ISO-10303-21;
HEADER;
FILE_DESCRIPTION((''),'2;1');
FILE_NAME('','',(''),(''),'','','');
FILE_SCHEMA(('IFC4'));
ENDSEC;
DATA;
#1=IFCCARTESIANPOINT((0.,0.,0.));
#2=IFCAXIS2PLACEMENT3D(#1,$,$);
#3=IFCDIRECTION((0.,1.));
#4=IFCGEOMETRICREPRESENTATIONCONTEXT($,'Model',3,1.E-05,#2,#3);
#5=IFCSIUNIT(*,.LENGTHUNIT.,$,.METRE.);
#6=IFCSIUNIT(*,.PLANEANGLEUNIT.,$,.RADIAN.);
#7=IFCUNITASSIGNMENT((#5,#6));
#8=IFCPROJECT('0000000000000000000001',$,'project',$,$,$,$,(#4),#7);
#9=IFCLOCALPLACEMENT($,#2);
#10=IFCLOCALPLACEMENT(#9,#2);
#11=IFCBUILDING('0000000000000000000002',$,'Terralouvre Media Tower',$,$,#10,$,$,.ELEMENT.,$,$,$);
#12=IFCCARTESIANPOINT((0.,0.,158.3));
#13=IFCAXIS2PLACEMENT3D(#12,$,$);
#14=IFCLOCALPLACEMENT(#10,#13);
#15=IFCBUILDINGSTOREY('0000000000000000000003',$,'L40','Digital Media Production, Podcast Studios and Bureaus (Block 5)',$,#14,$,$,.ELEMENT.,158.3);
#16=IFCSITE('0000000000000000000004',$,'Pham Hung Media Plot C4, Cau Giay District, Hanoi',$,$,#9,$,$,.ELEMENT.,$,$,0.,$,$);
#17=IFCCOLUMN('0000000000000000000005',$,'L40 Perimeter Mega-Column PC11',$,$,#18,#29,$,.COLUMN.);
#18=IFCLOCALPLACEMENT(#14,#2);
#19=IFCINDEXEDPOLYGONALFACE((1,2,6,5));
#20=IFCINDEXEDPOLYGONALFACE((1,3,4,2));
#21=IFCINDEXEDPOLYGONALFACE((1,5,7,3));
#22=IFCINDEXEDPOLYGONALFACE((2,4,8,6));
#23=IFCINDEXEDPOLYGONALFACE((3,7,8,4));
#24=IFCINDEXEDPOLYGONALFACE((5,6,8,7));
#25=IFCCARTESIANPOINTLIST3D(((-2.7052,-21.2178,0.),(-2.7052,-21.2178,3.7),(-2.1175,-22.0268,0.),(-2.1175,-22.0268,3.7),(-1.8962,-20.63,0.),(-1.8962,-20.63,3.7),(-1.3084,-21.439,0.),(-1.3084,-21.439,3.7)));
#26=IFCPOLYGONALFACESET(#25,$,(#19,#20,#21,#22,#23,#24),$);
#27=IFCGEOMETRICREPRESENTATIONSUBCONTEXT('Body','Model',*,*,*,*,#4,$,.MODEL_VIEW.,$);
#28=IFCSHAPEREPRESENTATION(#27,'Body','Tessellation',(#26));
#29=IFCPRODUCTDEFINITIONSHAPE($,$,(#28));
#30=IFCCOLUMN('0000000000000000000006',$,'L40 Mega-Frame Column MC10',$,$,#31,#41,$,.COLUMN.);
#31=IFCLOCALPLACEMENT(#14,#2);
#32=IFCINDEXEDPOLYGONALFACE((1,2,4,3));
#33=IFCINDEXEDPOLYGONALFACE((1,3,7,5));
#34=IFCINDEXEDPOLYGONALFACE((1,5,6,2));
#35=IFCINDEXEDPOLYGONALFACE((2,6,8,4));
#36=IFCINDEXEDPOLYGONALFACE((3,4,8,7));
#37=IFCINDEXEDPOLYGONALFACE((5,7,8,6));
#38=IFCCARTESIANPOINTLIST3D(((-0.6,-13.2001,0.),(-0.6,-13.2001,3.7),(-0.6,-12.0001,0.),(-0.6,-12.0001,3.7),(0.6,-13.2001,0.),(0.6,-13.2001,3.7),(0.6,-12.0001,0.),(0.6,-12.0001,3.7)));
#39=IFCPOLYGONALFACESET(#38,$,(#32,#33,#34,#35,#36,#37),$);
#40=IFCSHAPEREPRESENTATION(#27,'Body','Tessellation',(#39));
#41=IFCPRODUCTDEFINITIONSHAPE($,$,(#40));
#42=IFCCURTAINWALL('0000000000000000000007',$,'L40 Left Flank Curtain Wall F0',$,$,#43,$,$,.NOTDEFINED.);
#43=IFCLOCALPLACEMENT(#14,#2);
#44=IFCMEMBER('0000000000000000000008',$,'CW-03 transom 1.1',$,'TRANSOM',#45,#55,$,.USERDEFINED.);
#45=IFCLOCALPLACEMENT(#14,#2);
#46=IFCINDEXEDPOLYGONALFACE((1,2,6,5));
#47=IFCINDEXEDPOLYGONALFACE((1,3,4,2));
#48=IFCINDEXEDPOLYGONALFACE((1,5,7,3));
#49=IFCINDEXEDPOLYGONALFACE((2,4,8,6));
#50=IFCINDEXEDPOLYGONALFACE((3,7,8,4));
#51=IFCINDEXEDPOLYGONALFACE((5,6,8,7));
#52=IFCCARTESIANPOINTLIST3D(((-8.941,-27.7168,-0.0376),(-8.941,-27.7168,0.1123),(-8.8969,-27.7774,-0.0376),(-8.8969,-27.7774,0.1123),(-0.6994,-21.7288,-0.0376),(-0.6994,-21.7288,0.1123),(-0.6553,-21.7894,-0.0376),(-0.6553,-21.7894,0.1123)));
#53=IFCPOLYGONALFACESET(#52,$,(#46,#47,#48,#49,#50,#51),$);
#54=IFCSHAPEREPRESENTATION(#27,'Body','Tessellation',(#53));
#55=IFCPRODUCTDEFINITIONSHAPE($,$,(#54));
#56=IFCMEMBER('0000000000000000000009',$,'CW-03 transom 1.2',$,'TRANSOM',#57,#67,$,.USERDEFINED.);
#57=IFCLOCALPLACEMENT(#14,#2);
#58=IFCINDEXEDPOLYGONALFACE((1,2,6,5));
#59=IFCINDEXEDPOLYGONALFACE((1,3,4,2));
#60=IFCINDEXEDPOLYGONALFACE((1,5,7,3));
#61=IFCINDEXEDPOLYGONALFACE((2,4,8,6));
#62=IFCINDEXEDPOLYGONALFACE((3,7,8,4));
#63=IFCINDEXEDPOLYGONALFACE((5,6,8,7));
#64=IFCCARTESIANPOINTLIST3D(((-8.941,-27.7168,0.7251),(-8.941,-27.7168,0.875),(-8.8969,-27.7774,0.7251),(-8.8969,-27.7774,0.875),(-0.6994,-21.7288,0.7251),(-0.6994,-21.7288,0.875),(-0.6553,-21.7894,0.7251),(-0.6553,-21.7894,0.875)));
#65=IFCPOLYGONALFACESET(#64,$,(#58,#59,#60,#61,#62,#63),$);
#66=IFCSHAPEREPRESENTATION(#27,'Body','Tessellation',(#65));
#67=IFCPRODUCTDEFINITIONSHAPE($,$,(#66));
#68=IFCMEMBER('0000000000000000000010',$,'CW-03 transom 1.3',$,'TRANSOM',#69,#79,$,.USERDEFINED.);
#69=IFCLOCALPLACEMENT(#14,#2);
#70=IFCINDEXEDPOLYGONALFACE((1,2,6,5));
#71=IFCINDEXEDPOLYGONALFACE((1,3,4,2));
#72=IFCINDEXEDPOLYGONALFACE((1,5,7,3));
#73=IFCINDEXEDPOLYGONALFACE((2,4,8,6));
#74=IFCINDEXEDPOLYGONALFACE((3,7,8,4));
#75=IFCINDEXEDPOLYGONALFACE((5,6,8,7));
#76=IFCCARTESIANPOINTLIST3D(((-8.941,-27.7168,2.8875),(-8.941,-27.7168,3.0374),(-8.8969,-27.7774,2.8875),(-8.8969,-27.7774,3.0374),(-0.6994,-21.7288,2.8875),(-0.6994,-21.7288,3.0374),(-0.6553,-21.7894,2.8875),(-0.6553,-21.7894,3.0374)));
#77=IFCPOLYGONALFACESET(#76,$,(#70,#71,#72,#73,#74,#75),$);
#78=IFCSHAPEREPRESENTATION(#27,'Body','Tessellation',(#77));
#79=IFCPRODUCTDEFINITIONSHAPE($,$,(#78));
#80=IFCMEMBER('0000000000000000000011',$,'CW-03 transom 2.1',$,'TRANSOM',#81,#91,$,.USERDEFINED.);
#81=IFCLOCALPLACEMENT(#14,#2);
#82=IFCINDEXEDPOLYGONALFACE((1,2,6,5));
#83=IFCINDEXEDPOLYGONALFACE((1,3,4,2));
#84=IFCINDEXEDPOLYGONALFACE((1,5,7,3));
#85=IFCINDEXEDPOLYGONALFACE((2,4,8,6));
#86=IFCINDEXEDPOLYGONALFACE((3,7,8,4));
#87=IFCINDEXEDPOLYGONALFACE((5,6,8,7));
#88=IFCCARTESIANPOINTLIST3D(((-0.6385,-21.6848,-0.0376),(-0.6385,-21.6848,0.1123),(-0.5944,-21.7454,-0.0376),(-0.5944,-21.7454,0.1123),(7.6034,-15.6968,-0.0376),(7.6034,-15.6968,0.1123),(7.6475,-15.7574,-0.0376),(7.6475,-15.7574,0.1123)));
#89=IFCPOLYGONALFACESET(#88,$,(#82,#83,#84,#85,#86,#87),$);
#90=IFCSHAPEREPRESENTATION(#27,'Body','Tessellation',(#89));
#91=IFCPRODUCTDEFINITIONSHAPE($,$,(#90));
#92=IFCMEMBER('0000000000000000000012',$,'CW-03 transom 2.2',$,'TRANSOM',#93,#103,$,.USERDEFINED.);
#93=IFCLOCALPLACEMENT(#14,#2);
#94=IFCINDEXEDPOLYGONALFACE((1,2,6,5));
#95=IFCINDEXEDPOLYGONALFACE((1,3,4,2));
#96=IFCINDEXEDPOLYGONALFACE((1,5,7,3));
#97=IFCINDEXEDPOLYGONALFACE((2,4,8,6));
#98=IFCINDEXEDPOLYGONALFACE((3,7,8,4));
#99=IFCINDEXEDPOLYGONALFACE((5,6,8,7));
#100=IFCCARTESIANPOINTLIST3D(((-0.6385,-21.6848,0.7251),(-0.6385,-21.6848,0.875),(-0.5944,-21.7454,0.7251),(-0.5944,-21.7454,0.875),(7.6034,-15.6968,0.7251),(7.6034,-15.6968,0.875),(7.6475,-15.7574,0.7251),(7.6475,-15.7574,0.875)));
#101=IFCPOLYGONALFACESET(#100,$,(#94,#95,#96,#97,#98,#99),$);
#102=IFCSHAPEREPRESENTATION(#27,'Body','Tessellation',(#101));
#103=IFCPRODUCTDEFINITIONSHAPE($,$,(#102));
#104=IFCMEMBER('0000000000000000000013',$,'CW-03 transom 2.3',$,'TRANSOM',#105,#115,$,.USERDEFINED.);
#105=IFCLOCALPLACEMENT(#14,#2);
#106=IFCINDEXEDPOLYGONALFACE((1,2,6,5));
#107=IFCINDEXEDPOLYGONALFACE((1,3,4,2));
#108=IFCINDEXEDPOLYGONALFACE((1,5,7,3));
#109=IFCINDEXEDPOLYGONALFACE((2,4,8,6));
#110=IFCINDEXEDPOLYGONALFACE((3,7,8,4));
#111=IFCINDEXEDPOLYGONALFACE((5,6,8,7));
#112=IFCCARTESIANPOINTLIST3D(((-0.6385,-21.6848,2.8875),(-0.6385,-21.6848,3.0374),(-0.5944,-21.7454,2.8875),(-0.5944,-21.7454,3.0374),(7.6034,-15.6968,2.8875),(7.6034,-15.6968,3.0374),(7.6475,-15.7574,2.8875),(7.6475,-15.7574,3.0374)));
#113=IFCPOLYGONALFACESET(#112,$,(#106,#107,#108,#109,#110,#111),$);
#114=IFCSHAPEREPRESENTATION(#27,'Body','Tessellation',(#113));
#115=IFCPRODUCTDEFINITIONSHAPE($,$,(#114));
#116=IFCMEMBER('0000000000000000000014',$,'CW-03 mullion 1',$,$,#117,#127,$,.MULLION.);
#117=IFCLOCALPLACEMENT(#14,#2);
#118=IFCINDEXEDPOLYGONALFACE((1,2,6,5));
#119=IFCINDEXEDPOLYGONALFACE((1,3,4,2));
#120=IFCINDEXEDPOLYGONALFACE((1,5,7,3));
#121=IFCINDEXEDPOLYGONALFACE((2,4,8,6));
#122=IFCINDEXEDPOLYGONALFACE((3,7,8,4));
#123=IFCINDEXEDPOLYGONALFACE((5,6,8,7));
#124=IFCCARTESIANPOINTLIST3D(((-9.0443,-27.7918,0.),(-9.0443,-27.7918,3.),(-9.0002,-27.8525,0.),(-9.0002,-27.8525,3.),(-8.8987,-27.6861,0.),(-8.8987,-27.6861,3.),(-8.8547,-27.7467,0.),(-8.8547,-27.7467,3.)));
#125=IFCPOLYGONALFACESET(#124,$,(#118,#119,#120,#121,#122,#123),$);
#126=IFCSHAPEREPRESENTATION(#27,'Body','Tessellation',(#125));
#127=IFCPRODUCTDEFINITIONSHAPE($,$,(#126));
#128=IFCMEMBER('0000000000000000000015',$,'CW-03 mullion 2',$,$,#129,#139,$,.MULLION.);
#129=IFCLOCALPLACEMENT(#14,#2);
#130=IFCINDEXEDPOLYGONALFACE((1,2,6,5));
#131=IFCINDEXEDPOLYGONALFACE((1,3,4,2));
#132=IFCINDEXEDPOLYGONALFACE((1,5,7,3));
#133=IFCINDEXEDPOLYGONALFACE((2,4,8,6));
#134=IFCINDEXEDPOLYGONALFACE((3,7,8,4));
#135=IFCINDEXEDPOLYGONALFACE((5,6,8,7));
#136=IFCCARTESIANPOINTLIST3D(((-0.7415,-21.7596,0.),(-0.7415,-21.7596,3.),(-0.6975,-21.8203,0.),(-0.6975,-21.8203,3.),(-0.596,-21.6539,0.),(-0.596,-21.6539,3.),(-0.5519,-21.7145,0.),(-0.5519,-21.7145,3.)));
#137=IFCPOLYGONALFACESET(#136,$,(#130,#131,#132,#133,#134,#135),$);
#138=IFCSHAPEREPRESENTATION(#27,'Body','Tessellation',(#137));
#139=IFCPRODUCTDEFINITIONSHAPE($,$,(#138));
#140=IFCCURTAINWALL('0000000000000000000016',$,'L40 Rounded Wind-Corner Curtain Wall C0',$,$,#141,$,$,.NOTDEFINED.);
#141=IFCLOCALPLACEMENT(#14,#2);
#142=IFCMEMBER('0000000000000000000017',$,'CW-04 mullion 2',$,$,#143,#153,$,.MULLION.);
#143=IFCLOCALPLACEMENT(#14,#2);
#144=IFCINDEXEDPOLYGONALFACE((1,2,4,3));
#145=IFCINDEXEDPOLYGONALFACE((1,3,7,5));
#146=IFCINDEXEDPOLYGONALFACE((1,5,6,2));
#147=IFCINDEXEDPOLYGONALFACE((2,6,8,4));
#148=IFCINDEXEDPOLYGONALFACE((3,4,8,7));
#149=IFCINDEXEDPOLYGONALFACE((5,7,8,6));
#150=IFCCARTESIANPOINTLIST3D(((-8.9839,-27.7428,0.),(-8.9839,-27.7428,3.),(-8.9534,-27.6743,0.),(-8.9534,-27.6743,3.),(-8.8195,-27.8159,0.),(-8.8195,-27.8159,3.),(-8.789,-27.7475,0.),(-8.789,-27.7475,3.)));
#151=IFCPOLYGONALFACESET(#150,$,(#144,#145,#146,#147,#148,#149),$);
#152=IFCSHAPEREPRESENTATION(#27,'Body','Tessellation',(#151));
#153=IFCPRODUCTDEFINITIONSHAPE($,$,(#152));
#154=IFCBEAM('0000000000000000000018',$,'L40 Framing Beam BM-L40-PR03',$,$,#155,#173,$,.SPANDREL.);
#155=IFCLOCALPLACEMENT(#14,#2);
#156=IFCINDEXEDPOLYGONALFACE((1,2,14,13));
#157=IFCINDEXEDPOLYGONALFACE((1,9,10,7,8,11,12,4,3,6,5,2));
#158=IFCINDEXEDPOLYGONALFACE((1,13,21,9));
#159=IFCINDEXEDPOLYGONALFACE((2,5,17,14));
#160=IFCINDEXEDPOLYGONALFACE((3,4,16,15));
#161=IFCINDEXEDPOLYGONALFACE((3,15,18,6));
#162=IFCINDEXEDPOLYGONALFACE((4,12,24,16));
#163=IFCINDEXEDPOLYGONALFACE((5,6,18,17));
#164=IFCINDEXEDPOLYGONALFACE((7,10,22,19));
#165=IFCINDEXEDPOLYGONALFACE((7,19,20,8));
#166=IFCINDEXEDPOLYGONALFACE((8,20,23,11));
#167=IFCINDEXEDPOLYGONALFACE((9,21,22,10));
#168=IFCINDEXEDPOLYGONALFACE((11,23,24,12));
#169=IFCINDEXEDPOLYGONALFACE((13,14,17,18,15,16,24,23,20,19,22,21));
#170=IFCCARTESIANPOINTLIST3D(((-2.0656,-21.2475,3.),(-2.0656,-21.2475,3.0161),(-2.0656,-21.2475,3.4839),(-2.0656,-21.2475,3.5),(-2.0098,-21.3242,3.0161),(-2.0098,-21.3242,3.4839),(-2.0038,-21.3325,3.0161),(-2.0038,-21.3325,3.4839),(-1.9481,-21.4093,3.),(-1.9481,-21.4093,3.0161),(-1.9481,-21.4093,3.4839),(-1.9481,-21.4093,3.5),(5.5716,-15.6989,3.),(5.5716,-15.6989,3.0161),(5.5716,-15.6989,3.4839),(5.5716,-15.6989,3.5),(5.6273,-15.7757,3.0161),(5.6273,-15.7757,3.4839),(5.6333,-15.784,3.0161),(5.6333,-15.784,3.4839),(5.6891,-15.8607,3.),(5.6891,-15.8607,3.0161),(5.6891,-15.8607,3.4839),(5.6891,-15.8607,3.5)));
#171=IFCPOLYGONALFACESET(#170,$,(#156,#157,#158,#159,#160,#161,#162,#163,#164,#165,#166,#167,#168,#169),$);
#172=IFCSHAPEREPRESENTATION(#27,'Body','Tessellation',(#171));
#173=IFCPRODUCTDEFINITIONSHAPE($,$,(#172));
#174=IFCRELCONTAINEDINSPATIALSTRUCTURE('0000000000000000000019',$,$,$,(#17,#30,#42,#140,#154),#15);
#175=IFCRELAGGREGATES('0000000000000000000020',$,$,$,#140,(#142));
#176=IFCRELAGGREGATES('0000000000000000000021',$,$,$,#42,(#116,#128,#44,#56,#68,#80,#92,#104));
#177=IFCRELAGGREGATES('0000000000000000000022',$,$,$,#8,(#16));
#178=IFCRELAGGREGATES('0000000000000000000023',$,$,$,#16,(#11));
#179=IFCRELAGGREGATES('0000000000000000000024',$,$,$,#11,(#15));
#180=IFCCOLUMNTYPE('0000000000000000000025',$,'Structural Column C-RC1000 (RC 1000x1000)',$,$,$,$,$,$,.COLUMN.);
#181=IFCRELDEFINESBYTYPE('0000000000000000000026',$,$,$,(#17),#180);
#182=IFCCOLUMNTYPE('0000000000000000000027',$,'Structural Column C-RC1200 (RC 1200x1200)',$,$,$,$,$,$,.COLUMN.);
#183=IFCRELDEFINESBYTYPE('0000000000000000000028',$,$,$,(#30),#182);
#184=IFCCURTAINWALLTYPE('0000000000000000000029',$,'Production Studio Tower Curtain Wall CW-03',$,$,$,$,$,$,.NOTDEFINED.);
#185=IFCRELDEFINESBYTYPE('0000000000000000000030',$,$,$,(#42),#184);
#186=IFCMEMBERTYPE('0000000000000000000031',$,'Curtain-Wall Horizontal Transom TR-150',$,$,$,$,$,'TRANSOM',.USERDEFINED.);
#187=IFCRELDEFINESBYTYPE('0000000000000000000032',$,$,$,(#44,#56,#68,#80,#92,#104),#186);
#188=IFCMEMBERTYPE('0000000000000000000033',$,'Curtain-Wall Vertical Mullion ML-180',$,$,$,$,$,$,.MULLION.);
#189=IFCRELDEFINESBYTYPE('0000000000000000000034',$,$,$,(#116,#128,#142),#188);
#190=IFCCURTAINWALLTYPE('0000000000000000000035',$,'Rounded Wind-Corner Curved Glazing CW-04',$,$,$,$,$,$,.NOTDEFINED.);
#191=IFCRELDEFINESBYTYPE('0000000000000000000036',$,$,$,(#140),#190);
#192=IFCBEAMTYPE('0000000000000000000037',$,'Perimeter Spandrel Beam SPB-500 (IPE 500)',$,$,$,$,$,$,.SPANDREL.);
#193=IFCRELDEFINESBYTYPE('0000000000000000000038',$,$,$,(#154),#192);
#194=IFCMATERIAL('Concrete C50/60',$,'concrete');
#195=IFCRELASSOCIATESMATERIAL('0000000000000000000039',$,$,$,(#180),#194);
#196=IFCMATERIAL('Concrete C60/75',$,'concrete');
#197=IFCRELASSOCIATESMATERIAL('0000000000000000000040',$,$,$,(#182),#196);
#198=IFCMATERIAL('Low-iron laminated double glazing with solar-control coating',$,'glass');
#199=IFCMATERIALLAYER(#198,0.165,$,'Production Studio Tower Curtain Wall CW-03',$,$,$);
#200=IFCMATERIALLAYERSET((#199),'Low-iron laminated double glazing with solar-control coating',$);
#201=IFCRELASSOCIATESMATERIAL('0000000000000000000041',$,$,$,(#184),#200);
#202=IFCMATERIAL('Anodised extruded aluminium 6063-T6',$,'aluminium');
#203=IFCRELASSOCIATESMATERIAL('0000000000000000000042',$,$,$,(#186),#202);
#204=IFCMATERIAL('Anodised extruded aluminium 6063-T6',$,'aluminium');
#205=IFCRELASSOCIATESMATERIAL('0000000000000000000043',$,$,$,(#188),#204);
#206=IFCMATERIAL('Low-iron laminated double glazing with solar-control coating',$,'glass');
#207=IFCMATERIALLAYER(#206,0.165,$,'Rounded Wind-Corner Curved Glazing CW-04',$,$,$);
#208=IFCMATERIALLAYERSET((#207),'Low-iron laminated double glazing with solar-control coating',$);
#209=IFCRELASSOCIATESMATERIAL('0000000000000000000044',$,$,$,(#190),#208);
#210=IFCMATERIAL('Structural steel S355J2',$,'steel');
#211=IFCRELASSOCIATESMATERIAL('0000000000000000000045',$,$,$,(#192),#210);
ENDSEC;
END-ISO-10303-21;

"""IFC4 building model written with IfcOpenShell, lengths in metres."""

from ifc_helpers import new_model, si_unit, direction, frame, origin, origin_2d, place, context, subcontext, project, spatial, rectangle, i_section, extrude, material, layer, layer_set, material_profile, profile_set, type_object, element, aggregate, save


model = new_model("IFC4")

# Units and contexts
model_context = context("Model", 3, precision=1e-05, world=origin(), true_north=direction((0.0, 1.0)))
body_context = subcontext(model_context, "Body", "Model", "MODEL_VIEW")
ifc_project = project(units=[si_unit("LENGTHUNIT", "METRE"), si_unit("PLANEANGLEUNIT", "RADIAN")], contexts=[model_context])

# Site, building, storey
site_placement = place(None, origin())
site = spatial("IfcSite", under=ifc_project, at=site_placement, Name="Pham Hung Media Plot C4, Cau Giay District, Hanoi", CompositionType="ELEMENT", RefElevation=0.0)
building_placement = place(site_placement, origin())
building = spatial("IfcBuilding", under=site, at=building_placement, Name="Terralouvre Media Tower", CompositionType="ELEMENT")
storey_placement = place(building_placement, frame((0.0, 0.0, 158.3)))
storey = spatial("IfcBuildingStorey", under=building, at=storey_placement, Name="L40", Description="Digital Media Production, Podcast Studios and Bureaus (Block 5)", CompositionType="ELEMENT", Elevation=158.3)

# Columns
ifc_material_1 = material(Name="Concrete C50/60", Category="concrete")
ifc_material_profile_1 = material_profile(ifc_material_1, rectangle(XDim=1.0, YDim=1.0, at=origin_2d()), Name="RC 1000x1000")
ifc_profile_set_1 = profile_set([ifc_material_profile_1], Name="Concrete C50/60")
column_type_1 = type_object("IfcColumnType", Name="Structural Column C-RC1000 (RC 1000x1000)", PredefinedType="COLUMN", material=ifc_profile_set_1)
column_1_placement = place(storey_placement, frame((-2.0068, -21.3284, 0.0), z_axis=(0.0, 0.0, 1.0), x_axis=(0.809017, 0.587785, 0.0)))
element("IfcColumn", 1, at=column_1_placement, inside=storey, type_object=column_type_1, Name="L40 Perimeter Mega-Column PC11", PredefinedType="COLUMN", context=body_context, shape_type="SweptSolid", body=[
    extrude(rectangle(XDim=1.0, YDim=1.0, at=origin_2d()), origin(), (0.0, 0.0, 1.0), 3.7),
])
ifc_material_2 = material(Name="Concrete C60/75", Category="concrete")
ifc_material_profile_2 = material_profile(ifc_material_2, rectangle(XDim=1.2, YDim=1.2, at=origin_2d()), Name="RC 1200x1200")
ifc_profile_set_2 = profile_set([ifc_material_profile_2], Name="Concrete C60/75")
column_type_2 = type_object("IfcColumnType", Name="Structural Column C-RC1200 (RC 1200x1200)", PredefinedType="COLUMN", material=ifc_profile_set_2)
column_2_placement = place(storey_placement, frame((0.0, -12.6001, 0.0), z_axis=(0.0, 0.0, 1.0), x_axis=(1.0, 0.0, 0.0)))
element("IfcColumn", 2, at=column_2_placement, inside=storey, type_object=column_type_2, Name="L40 Mega-Frame Column MC10", PredefinedType="COLUMN", context=body_context, shape_type="SweptSolid", body=[
    extrude(rectangle(XDim=1.2, YDim=1.2, at=origin_2d()), origin(), (0.0, 0.0, 1.0), 3.7),
])

# Curtain wall, members
ifc_material_3 = material(Name="Low-iron laminated double glazing with solar-control coating", Category="glass")
ifc_layer_1 = layer(ifc_material_3, 0.165, Name="Production Studio Tower Curtain Wall CW-03")
ifc_layer_set_1 = layer_set([ifc_layer_1], Name="Low-iron laminated double glazing with solar-control coating")
curtain_wall_type_1 = type_object("IfcCurtainWallType", Name="Production Studio Tower Curtain Wall CW-03", PredefinedType="NOTDEFINED", material=ifc_layer_set_1)
curtain_wall_1_placement = place(storey_placement, origin())
curtain_wall_1 = element("IfcCurtainWall", 3, at=curtain_wall_1_placement, inside=storey, type_object=curtain_wall_type_1, Name="L40 Left Flank Curtain Wall F0", PredefinedType="NOTDEFINED")
ifc_material_4 = material(Name="Anodised extruded aluminium 6063-T6", Category="aluminium")
ifc_material_profile_3 = material_profile(ifc_material_4, rectangle(XDim=0.075, YDim=0.1499, at=origin_2d()), Name="ALU 75x150")
ifc_profile_set_3 = profile_set([ifc_material_profile_3], Name="Anodised extruded aluminium 6063-T6")
member_type_1 = type_object("IfcMemberType", Name="Curtain-Wall Horizontal Transom TR-150", ElementType="TRANSOM", PredefinedType="USERDEFINED", material=ifc_profile_set_3)
member_1_placement = place(storey_placement, frame((-8.9189, -27.7471, 0.0374), z_axis=(0.809013, 0.587791, 0.0), x_axis=(-0.587791, 0.809013, 0.0)))
member_1 = element("IfcMember", 4, at=member_1_placement, type_object=member_type_1, Name="CW-03 transom 1.1", ObjectType="TRANSOM", PredefinedType="USERDEFINED", context=body_context, shape_type="SweptSolid", body=[
    extrude(rectangle(XDim=0.075, YDim=0.1499, at=origin_2d()), origin(), (0.0, 0.0, 1.0), 10.1873),
])
member_2_placement = place(storey_placement, frame((-8.9189, -27.7471, 0.8), z_axis=(0.809013, 0.587791, 0.0), x_axis=(-0.587791, 0.809013, 0.0)))
member_2 = element("IfcMember", 5, at=member_2_placement, type_object=member_type_1, Name="CW-03 transom 1.2", ObjectType="TRANSOM", PredefinedType="USERDEFINED", context=body_context, shape_type="SweptSolid", body=[
    extrude(rectangle(XDim=0.075, YDim=0.1499, at=origin_2d()), origin(), (0.0, 0.0, 1.0), 10.1873),
])
member_3_placement = place(storey_placement, frame((-8.9189, -27.7471, 2.9624), z_axis=(0.809013, 0.587791, 0.0), x_axis=(-0.587791, 0.809013, 0.0)))
member_3 = element("IfcMember", 6, at=member_3_placement, type_object=member_type_1, Name="CW-03 transom 1.3", ObjectType="TRANSOM", PredefinedType="USERDEFINED", context=body_context, shape_type="SweptSolid", body=[
    extrude(rectangle(XDim=0.075, YDim=0.1499, at=origin_2d()), origin(), (0.0, 0.0, 1.0), 10.1873),
])
member_4_placement = place(storey_placement, frame((-0.6165, -21.7151, 0.0374), z_axis=(0.809021, 0.58778, 0.0), x_axis=(-0.58778, 0.809021, 0.0)))
member_4 = element("IfcMember", 7, at=member_4_placement, type_object=member_type_1, Name="CW-03 transom 2.1", ObjectType="TRANSOM", PredefinedType="USERDEFINED", context=body_context, shape_type="SweptSolid", body=[
    extrude(rectangle(XDim=0.075, YDim=0.1499, at=origin_2d()), origin(), (0.0, 0.0, 1.0), 10.1875),
])
member_5_placement = place(storey_placement, frame((-0.6165, -21.7151, 0.8), z_axis=(0.809021, 0.58778, 0.0), x_axis=(-0.58778, 0.809021, 0.0)))
member_5 = element("IfcMember", 8, at=member_5_placement, type_object=member_type_1, Name="CW-03 transom 2.2", ObjectType="TRANSOM", PredefinedType="USERDEFINED", context=body_context, shape_type="SweptSolid", body=[
    extrude(rectangle(XDim=0.075, YDim=0.1499, at=origin_2d()), origin(), (0.0, 0.0, 1.0), 10.1875),
])
member_6_placement = place(storey_placement, frame((-0.6165, -21.7151, 2.9624), z_axis=(0.809021, 0.58778, 0.0), x_axis=(-0.58778, 0.809021, 0.0)))
member_6 = element("IfcMember", 9, at=member_6_placement, type_object=member_type_1, Name="CW-03 transom 2.3", ObjectType="TRANSOM", PredefinedType="USERDEFINED", context=body_context, shape_type="SweptSolid", body=[
    extrude(rectangle(XDim=0.075, YDim=0.1499, at=origin_2d()), origin(), (0.0, 0.0, 1.0), 10.1875),
])
ifc_material_5 = material(Name="Anodised extruded aluminium 6063-T6", Category="aluminium")
ifc_material_profile_4 = material_profile(ifc_material_5, rectangle(XDim=0.075, YDim=0.1799, at=origin_2d()), Name="ALU 75x180")
ifc_profile_set_4 = profile_set([ifc_material_profile_4], Name="Anodised extruded aluminium 6063-T6")
member_type_2 = type_object("IfcMemberType", Name="Curtain-Wall Vertical Mullion ML-180", PredefinedType="MULLION", material=ifc_profile_set_4)
member_7_placement = place(storey_placement, frame((-8.9495, -27.7693, 0.0), z_axis=(0.0, 0.0, 1.0), x_axis=(-0.587785, 0.809017, 0.0)))
member_7 = element("IfcMember", 10, at=member_7_placement, type_object=member_type_2, Name="CW-03 mullion 1", PredefinedType="MULLION", context=body_context, shape_type="SweptSolid", body=[
    extrude(rectangle(XDim=0.075, YDim=0.1799, at=origin_2d()), origin(), (0.0, 0.0, 1.0), 3.0),
])
member_8_placement = place(storey_placement, frame((-0.6467, -21.7371, 0.0), z_axis=(0.0, 0.0, 1.0), x_axis=(-0.587785, 0.809017, 0.0)))
member_8 = element("IfcMember", 11, at=member_8_placement, type_object=member_type_2, Name="CW-03 mullion 2", PredefinedType="MULLION", context=body_context, shape_type="SweptSolid", body=[
    extrude(rectangle(XDim=0.075, YDim=0.1799, at=origin_2d()), origin(), (0.0, 0.0, 1.0), 3.0),
])

# Curtain wall, member
ifc_material_6 = material(Name="Low-iron laminated double glazing with solar-control coating", Category="glass")
ifc_layer_2 = layer(ifc_material_6, 0.165, Name="Rounded Wind-Corner Curved Glazing CW-04")
ifc_layer_set_2 = layer_set([ifc_layer_2], Name="Low-iron laminated double glazing with solar-control coating")
curtain_wall_type_2 = type_object("IfcCurtainWallType", Name="Rounded Wind-Corner Curved Glazing CW-04", PredefinedType="NOTDEFINED", material=ifc_layer_set_2)
curtain_wall_2_placement = place(storey_placement, origin())
curtain_wall_2 = element("IfcCurtainWall", 12, at=curtain_wall_2_placement, inside=storey, type_object=curtain_wall_type_2, Name="L40 Rounded Wind-Corner Curtain Wall C0", PredefinedType="NOTDEFINED")
member_9_placement = place(storey_placement, frame((-8.8865, -27.7451, 0.0), z_axis=(0.0, 0.0, 1.0), x_axis=(0.406737, 0.913545, 0.0)))
member_9 = element("IfcMember", 13, at=member_9_placement, type_object=member_type_2, Name="CW-04 mullion 2", PredefinedType="MULLION", context=body_context, shape_type="SweptSolid", body=[
    extrude(rectangle(XDim=0.075, YDim=0.1799, at=origin_2d()), origin(), (0.0, 0.0, 1.0), 3.0),
])
aggregate(curtain_wall_2, [member_9])

# Beam
ifc_material_7 = material(Name="Structural steel S355J2", Category="steel")
ifc_material_profile_5 = material_profile(ifc_material_7, i_section(OverallWidth=0.2, OverallDepth=0.5, WebThickness=0.0103, FlangeThickness=0.0161, at=origin_2d()), Name="IPE 500")
ifc_profile_set_5 = profile_set([ifc_material_profile_5], Name="Structural steel S355J2")
beam_type_1 = type_object("IfcBeamType", Name="Perimeter Spandrel Beam SPB-500 (IPE 500)", PredefinedType="SPANDREL", material=ifc_profile_set_5)
beam_1_placement = place(storey_placement, frame((-2.0068, -21.3284, 3.25), z_axis=(0.809026, 0.587773, 0.0), x_axis=(-0.587773, 0.809026, 0.0)))
element("IfcBeam", 14, at=beam_1_placement, inside=storey, type_object=beam_type_1, Name="L40 Framing Beam BM-L40-PR03", PredefinedType="SPANDREL", context=body_context, shape_type="SweptSolid", body=[
    extrude(i_section(OverallWidth=0.2, OverallDepth=0.5, WebThickness=0.0103, FlangeThickness=0.0161, at=origin_2d()), origin(), (0.0, 0.0, 1.0), 9.4399),
])

aggregate(curtain_wall_1, [member_7, member_8, member_1, member_2, member_3, member_4, member_5, member_6])

save(model, "model.ifc")
